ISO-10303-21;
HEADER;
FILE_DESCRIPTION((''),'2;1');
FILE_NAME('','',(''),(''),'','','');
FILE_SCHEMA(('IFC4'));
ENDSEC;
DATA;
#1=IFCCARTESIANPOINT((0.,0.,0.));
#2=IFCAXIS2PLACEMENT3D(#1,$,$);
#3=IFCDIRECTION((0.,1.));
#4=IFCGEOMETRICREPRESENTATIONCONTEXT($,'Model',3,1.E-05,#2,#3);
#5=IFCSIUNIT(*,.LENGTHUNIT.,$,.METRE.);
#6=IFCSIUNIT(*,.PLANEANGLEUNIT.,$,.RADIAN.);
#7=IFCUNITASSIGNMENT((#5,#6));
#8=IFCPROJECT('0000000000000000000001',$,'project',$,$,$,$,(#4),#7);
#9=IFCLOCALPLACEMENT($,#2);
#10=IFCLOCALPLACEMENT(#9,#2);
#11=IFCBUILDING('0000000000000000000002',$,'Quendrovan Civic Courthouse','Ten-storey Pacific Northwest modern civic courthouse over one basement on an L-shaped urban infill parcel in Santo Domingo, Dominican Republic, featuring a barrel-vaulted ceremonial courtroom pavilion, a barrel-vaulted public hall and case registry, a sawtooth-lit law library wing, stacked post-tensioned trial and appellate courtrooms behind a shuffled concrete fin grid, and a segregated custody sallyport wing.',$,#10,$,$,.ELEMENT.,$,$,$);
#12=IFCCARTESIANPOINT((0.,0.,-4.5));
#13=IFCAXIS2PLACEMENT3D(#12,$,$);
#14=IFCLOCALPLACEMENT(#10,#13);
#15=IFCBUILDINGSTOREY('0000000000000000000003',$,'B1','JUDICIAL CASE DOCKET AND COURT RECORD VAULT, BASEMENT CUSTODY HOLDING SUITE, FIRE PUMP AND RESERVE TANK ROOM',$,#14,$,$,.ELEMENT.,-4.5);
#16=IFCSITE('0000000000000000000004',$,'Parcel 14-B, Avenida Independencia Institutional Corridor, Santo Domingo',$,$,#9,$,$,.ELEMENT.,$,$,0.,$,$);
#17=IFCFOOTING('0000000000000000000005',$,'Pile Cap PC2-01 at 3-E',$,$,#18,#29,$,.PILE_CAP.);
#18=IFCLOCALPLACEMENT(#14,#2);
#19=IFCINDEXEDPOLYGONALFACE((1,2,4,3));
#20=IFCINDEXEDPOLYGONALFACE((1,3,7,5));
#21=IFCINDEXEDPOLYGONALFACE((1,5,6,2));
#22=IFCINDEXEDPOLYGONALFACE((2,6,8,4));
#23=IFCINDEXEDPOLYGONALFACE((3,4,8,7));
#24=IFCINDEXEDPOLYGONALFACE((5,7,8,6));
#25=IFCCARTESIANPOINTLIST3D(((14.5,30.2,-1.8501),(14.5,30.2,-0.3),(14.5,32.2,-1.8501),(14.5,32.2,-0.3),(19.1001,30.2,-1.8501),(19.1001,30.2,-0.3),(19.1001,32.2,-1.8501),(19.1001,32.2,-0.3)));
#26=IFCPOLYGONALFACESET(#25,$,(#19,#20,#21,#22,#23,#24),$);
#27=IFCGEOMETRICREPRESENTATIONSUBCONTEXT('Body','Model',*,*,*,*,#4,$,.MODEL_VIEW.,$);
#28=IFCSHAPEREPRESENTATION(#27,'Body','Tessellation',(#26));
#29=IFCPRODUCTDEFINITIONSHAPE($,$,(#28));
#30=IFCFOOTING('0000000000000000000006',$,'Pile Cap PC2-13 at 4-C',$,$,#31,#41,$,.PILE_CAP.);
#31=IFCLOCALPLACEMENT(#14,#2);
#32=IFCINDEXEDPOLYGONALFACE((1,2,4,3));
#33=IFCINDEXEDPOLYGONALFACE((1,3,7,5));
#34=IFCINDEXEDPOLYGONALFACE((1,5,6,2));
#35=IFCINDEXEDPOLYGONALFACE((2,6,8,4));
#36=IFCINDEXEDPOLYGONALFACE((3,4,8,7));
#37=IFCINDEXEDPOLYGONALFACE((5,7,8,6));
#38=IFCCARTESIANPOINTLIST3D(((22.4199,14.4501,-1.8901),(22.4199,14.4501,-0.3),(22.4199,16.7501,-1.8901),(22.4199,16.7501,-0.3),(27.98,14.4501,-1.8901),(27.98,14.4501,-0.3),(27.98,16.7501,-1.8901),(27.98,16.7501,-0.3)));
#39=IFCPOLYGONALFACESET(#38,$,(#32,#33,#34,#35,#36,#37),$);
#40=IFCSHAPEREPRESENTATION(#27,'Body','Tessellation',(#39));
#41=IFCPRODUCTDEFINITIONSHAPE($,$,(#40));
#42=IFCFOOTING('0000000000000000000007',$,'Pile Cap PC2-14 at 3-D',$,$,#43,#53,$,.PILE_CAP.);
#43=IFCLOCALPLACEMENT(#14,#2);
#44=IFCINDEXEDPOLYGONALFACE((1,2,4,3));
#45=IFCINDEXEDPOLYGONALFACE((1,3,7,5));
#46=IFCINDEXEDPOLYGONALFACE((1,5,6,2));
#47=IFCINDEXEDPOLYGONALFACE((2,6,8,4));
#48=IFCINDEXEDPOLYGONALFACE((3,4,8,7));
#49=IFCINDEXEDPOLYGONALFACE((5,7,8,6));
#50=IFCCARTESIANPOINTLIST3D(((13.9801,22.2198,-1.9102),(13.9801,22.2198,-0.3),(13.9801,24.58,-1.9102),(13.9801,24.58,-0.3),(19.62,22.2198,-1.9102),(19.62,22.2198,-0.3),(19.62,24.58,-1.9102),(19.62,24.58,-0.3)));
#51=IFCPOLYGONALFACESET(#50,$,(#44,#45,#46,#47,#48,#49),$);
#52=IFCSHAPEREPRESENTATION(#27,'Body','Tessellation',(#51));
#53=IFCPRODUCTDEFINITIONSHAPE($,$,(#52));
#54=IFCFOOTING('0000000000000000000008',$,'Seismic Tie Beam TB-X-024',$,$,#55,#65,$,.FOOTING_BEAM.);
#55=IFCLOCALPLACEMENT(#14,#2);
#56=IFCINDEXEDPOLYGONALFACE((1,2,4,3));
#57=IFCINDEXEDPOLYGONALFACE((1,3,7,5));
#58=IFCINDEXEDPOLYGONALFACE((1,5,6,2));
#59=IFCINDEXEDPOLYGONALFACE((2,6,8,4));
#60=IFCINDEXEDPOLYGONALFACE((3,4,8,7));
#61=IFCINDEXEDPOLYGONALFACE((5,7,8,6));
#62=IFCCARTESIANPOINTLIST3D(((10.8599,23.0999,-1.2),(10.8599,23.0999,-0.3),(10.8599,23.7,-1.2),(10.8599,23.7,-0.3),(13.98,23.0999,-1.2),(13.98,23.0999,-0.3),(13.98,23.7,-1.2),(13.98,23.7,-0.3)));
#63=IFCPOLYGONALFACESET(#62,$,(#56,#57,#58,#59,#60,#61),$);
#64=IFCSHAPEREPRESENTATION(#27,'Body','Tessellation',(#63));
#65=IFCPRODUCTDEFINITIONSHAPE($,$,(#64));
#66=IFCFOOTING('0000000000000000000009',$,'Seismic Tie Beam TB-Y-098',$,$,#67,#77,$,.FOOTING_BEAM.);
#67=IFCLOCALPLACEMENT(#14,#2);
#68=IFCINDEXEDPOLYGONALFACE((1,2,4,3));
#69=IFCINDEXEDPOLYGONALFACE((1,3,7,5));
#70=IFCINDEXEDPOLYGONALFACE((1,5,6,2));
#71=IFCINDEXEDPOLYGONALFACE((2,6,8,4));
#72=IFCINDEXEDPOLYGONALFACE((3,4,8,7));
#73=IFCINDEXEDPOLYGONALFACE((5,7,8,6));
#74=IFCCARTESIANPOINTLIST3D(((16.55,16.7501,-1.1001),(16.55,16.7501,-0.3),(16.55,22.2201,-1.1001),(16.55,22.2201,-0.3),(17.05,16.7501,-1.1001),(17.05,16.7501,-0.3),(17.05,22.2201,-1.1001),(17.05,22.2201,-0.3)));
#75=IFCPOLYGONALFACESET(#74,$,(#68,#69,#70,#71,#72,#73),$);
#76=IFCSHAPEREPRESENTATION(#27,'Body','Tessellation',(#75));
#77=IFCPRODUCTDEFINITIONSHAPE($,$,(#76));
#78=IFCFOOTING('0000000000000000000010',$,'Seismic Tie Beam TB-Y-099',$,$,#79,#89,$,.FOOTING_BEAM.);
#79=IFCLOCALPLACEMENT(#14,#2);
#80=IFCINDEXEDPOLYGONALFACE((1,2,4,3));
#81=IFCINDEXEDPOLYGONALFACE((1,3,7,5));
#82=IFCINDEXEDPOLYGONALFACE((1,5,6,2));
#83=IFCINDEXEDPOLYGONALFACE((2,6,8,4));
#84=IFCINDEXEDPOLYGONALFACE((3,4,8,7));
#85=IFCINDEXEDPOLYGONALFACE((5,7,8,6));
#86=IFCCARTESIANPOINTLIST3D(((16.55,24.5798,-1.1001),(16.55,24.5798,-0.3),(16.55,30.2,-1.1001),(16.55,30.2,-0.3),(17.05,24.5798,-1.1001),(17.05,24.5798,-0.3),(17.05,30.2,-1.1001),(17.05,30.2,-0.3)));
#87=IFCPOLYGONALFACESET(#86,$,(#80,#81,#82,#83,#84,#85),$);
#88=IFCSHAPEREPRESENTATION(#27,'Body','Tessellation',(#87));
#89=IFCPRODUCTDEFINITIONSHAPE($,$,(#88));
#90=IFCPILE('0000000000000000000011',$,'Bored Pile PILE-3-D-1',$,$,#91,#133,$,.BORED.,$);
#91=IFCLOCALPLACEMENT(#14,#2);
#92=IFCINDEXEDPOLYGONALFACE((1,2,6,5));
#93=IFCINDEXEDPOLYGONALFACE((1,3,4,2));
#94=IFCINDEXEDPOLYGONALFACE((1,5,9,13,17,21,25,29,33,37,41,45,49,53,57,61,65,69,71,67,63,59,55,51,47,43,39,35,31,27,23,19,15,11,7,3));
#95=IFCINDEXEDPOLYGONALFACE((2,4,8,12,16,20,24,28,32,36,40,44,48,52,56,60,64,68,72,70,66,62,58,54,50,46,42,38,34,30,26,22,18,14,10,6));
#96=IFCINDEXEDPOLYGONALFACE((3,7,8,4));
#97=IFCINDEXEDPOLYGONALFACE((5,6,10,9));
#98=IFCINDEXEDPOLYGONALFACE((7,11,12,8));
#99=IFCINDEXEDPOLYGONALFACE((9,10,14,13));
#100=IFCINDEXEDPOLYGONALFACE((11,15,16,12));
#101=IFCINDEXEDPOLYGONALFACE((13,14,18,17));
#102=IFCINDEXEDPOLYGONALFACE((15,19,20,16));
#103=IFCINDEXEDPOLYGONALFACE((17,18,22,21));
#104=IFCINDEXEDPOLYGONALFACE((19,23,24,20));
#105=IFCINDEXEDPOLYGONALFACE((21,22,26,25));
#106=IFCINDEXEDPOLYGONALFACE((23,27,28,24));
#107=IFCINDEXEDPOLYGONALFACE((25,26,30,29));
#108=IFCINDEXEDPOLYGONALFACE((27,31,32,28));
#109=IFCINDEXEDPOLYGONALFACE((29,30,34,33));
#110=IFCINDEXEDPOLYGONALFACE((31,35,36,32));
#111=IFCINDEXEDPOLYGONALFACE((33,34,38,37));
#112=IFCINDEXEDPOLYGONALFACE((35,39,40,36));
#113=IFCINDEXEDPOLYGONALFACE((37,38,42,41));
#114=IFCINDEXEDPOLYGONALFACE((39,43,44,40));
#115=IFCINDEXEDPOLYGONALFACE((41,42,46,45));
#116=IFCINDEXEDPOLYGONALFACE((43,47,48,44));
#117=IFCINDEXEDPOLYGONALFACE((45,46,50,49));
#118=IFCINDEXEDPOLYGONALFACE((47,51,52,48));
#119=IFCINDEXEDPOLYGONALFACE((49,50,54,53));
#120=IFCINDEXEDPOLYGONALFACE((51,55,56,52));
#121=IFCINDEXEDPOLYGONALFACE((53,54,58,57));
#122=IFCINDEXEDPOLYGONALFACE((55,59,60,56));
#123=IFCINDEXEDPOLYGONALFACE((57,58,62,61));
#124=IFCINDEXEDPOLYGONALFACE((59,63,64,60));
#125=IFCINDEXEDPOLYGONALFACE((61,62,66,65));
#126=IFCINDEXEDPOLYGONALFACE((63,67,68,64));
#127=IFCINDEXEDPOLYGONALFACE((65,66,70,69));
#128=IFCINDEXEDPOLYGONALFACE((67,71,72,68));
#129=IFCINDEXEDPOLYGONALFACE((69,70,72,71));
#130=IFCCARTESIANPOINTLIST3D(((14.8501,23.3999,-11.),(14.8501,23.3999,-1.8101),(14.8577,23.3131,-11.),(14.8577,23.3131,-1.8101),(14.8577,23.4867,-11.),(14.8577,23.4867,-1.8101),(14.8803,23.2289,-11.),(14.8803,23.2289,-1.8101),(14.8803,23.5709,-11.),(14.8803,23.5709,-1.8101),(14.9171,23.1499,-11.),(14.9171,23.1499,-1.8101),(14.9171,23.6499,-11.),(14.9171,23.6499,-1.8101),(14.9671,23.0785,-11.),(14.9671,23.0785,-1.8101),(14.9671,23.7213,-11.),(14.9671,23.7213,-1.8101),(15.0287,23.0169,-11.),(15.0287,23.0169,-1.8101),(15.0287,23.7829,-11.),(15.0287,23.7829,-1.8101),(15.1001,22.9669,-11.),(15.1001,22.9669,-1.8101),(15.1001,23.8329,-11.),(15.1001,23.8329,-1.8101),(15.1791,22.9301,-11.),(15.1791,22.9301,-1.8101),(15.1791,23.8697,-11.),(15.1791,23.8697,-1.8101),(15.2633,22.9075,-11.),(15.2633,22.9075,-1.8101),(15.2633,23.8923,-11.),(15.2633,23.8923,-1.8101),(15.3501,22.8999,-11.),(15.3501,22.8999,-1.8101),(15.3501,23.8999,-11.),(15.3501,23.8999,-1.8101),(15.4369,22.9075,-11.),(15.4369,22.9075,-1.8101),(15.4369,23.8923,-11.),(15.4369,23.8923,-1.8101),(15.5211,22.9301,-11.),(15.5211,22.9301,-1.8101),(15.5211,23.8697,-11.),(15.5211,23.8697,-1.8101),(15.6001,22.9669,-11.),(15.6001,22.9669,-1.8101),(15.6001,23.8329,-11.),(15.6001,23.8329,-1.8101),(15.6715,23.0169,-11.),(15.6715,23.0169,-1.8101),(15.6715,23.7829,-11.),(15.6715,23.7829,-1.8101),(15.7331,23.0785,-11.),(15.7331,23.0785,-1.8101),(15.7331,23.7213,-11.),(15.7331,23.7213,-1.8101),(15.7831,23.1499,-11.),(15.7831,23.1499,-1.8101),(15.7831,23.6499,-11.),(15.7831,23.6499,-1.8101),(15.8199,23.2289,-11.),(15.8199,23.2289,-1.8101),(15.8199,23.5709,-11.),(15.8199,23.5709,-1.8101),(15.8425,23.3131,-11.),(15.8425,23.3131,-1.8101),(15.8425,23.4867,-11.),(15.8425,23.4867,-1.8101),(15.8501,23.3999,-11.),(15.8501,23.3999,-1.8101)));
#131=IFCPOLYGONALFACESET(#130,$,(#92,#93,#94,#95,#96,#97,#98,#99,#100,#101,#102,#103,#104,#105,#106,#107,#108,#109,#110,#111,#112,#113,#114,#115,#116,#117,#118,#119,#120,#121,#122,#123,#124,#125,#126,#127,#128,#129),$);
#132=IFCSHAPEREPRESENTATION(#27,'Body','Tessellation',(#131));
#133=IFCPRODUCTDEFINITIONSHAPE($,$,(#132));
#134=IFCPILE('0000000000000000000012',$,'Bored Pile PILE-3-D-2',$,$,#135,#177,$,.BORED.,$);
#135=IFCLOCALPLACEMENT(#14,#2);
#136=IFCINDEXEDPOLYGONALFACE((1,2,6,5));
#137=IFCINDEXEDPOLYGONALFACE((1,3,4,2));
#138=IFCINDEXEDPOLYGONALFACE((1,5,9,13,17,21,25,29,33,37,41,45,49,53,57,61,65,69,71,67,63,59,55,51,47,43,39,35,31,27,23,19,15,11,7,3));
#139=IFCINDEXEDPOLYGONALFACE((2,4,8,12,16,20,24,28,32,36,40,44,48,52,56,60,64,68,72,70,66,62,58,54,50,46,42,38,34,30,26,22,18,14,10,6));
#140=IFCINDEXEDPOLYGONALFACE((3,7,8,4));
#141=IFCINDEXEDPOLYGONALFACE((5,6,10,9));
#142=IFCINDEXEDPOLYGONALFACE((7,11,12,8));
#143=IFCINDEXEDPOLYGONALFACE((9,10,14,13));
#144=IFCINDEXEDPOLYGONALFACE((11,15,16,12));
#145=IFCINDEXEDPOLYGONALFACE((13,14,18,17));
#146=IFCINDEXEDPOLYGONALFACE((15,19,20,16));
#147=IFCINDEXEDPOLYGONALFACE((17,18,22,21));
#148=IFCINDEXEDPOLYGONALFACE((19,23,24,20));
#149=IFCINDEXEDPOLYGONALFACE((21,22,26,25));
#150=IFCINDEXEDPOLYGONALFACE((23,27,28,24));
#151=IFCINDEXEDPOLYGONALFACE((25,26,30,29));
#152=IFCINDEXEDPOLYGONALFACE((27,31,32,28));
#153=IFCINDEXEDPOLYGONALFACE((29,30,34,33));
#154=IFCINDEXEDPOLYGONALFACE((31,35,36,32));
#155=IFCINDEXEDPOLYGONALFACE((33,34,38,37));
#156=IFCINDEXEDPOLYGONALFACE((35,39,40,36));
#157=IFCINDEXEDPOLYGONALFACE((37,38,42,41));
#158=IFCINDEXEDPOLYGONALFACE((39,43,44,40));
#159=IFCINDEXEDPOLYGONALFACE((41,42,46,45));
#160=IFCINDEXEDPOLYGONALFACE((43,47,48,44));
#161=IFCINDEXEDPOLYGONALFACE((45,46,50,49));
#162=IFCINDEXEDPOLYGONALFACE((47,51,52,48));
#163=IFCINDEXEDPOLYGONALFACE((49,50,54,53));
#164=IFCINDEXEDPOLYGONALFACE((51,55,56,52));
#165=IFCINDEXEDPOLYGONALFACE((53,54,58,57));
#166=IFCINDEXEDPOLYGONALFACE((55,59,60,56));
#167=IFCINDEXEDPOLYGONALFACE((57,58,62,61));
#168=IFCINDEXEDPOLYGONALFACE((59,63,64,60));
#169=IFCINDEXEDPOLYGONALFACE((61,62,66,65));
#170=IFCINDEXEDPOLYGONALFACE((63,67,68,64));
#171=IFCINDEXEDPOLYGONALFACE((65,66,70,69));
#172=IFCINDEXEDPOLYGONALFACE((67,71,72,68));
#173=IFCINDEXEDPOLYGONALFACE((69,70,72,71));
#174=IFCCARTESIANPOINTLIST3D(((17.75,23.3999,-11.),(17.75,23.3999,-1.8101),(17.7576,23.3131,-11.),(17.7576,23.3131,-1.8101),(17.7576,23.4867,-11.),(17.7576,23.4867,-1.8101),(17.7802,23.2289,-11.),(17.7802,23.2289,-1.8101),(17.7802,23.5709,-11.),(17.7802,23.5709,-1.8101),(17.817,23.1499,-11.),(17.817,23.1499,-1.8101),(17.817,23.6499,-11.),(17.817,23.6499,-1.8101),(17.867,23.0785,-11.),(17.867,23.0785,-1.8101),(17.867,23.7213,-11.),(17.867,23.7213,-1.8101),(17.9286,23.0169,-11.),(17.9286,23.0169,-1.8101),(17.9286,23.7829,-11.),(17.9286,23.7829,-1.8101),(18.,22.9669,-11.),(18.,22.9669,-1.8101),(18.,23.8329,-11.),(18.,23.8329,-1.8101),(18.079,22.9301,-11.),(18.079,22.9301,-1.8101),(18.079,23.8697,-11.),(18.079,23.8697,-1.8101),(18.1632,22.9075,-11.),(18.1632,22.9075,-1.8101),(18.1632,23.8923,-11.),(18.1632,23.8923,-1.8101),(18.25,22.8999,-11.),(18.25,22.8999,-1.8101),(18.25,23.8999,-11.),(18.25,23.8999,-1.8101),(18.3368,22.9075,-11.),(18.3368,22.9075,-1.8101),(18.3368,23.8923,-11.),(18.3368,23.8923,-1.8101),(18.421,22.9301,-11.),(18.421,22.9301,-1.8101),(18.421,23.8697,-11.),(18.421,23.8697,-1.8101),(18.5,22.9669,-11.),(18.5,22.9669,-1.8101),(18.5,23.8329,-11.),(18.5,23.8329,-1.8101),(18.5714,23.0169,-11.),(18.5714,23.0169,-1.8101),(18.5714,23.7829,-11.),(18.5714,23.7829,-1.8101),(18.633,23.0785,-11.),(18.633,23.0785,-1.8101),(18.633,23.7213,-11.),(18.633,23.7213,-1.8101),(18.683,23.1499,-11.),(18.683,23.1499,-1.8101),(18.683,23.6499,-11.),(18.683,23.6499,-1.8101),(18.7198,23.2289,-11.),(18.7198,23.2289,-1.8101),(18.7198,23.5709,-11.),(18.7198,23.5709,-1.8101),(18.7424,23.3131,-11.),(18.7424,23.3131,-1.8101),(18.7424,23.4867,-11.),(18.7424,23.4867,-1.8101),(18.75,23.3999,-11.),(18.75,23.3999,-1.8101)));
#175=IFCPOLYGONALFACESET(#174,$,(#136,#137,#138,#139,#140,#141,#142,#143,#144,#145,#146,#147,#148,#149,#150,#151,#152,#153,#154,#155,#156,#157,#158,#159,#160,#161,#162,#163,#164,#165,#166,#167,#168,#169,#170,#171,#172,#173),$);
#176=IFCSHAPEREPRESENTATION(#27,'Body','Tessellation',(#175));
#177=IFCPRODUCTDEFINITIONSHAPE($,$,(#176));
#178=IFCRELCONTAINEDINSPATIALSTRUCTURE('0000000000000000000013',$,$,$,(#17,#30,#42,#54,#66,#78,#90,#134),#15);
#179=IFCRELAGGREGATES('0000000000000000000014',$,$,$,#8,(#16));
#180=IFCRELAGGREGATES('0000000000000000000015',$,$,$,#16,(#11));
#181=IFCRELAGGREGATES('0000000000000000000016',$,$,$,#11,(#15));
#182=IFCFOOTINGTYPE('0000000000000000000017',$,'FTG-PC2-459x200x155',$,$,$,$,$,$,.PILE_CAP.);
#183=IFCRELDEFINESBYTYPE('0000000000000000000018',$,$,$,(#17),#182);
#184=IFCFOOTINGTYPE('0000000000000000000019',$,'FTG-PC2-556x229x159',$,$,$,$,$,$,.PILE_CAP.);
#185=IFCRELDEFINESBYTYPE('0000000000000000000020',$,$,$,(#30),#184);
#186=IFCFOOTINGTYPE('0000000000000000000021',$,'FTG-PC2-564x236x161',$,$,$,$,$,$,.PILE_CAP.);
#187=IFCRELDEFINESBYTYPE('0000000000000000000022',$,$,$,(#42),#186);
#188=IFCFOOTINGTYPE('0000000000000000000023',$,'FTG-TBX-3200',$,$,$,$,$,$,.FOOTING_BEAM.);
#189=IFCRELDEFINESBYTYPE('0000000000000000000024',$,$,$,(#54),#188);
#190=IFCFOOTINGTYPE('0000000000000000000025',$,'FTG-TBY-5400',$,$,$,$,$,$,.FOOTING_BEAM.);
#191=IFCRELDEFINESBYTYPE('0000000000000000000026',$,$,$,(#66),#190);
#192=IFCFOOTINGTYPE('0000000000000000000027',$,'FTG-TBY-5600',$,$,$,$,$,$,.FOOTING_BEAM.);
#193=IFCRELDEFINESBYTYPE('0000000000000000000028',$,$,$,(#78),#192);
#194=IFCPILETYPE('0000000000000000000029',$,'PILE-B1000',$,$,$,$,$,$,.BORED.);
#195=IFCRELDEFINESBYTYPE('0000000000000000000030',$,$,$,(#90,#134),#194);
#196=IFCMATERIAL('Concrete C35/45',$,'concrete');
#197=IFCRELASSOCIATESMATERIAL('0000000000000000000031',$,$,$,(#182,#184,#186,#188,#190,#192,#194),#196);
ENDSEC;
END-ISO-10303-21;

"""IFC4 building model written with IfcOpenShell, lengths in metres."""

from ifc_helpers import new_model, si_unit, direction, frame, origin, origin_2d, place, context, subcontext, project, spatial, rectangle, circle, extrude, material, material_profile, profile_set, type_object, element, save


model = new_model("IFC4")

# Units and contexts
model_context = context("Model", 3, precision=1e-05, world=origin(), true_north=direction((0.0, 1.0)))
body_context = subcontext(model_context, "Body", "Model", "MODEL_VIEW")
ifc_project = project(units=[si_unit("LENGTHUNIT", "METRE"), si_unit("PLANEANGLEUNIT", "RADIAN")], contexts=[model_context])

# Site, building, storey
site_placement = place(None, origin())
site = spatial("IfcSite", under=ifc_project, at=site_placement, Name="Parcel 14-B, Avenida Independencia Institutional Corridor, Santo Domingo", CompositionType="ELEMENT", RefElevation=0.0)
building_placement = place(site_placement, origin())
building = spatial("IfcBuilding", under=site, at=building_placement, Name="Quendrovan Civic Courthouse", Description="Ten-storey Pacific Northwest modern civic courthouse over one basement on an L-shaped urban infill parcel in Santo Domingo, Dominican Republic, featuring a barrel-vaulted ceremonial courtroom pavilion, a barrel-vaulted public hall and case registry, a sawtooth-lit law library wing, stacked post-tensioned trial and appellate courtrooms behind a shuffled concrete fin grid, and a segregated custody sallyport wing.", CompositionType="ELEMENT")
storey_placement = place(building_placement, frame((0.0, 0.0, -4.5)))
storey = spatial("IfcBuildingStorey", under=building, at=storey_placement, Name="B1", Description="JUDICIAL CASE DOCKET AND COURT RECORD VAULT, BASEMENT CUSTODY HOLDING SUITE, FIRE PUMP AND RESERVE TANK ROOM", CompositionType="ELEMENT", Elevation=-4.5)

# Footings
ifc_material_1 = material(Name="Concrete C35/45", Category="concrete")
footing_type_1 = type_object("IfcFootingType", Name="FTG-PC2-459x200x155", PredefinedType="PILE_CAP", material=ifc_material_1)
footing_1_placement = place(storey_placement, frame((16.8, 31.2, -1.8501), z_axis=(0.0, 0.0, 1.0), x_axis=(1.0, 0.0, 0.0)))
element("IfcFooting", 1, at=footing_1_placement, inside=storey, type_object=footing_type_1, Name="Pile Cap PC2-01 at 3-E", PredefinedType="PILE_CAP", context=body_context, shape_type="SweptSolid", body=[
    extrude(rectangle(XDim=4.6001, YDim=2.0, at=origin_2d()), origin(), (0.0, 0.0, 1.0), 1.55),
])
footing_type_2 = type_object("IfcFootingType", Name="FTG-PC2-556x229x159", PredefinedType="PILE_CAP", material=ifc_material_1)
footing_2_placement = place(storey_placement, frame((25.2, 15.6001, -1.8901), z_axis=(0.0, 0.0, 1.0), x_axis=(1.0, 0.0, 0.0)))
element("IfcFooting", 2, at=footing_2_placement, inside=storey, type_object=footing_type_2, Name="Pile Cap PC2-13 at 4-C", PredefinedType="PILE_CAP", context=body_context, shape_type="SweptSolid", body=[
    extrude(rectangle(XDim=5.5601, YDim=2.3, at=origin_2d()), origin(), (0.0, 0.0, 1.0), 1.5901),
])
footing_type_3 = type_object("IfcFootingType", Name="FTG-PC2-564x236x161", PredefinedType="PILE_CAP", material=ifc_material_1)
footing_3_placement = place(storey_placement, frame((16.8, 23.3999, -1.9102), z_axis=(0.0, 0.0, 1.0), x_axis=(1.0, 0.0, 0.0)))
element("IfcFooting", 3, at=footing_3_placement, inside=storey, type_object=footing_type_3, Name="Pile Cap PC2-14 at 3-D", PredefinedType="PILE_CAP", context=body_context, shape_type="SweptSolid", body=[
    extrude(rectangle(XDim=5.6399, YDim=2.3601, at=origin_2d()), origin(), (0.0, 0.0, 1.0), 1.6101),
])
footing_type_4 = type_object("IfcFootingType", Name="FTG-TBX-3200", PredefinedType="FOOTING_BEAM", material=ifc_material_1)
footing_4_placement = place(storey_placement, frame((12.4199, 23.3999, -1.2), z_axis=(0.0, 0.0, 1.0), x_axis=(1.0, 0.0, 0.0)))
element("IfcFooting", 4, at=footing_4_placement, inside=storey, type_object=footing_type_4, Name="Seismic Tie Beam TB-X-024", PredefinedType="FOOTING_BEAM", context=body_context, shape_type="SweptSolid", body=[
    extrude(rectangle(XDim=3.1201, YDim=0.6001, at=origin_2d()), origin(), (0.0, 0.0, 1.0), 0.8999),
])
footing_type_5 = type_object("IfcFootingType", Name="FTG-TBY-5400", PredefinedType="FOOTING_BEAM", material=ifc_material_1)
footing_5_placement = place(storey_placement, frame((16.8, 19.4851, -1.1001), z_axis=(0.0, 0.0, 1.0), x_axis=(1.0, 0.0, 0.0)))
element("IfcFooting", 5, at=footing_5_placement, inside=storey, type_object=footing_type_5, Name="Seismic Tie Beam TB-Y-098", PredefinedType="FOOTING_BEAM", context=body_context, shape_type="SweptSolid", body=[
    extrude(rectangle(XDim=0.5, YDim=5.47, at=origin_2d()), origin(), (0.0, 0.0, 1.0), 0.8),
])
footing_type_6 = type_object("IfcFootingType", Name="FTG-TBY-5600", PredefinedType="FOOTING_BEAM", material=ifc_material_1)
footing_6_placement = place(storey_placement, frame((16.8, 27.3899, -1.1001), z_axis=(0.0, 0.0, 1.0), x_axis=(1.0, 0.0, 0.0)))
element("IfcFooting", 6, at=footing_6_placement, inside=storey, type_object=footing_type_6, Name="Seismic Tie Beam TB-Y-099", PredefinedType="FOOTING_BEAM", context=body_context, shape_type="SweptSolid", body=[
    extrude(rectangle(XDim=0.5, YDim=5.6201, at=origin_2d()), origin(), (0.0, 0.0, 1.0), 0.8),
])

# Piles
ifc_material_profile_1 = material_profile(ifc_material_1, circle(Radius=0.5, at=origin_2d()), Name="PILE-D1000")
ifc_profile_set_1 = profile_set([ifc_material_profile_1], Name="Concrete C35/45")
pile_type = type_object("IfcPileType", Name="PILE-B1000", PredefinedType="BORED", material=ifc_profile_set_1)
for number, where, z_axis, x_axis, name in (
    (7, (15.3501, 23.3999, -1.8101), (0.0, 0.0, -1.0), (1.0, 0.0, 0.0), "Bored Pile PILE-3-D-1"),
    (8, (18.25, 23.3999, -1.8101), (0.0, 0.0, -1.0), (1.0, 0.0, 0.0), "Bored Pile PILE-3-D-2"),
):
    element("IfcPile", number, at=place(storey_placement, frame(where, z_axis=z_axis, x_axis=x_axis)), inside=storey, type_object=pile_type, Name=name, PredefinedType="BORED", context=body_context, shape_type="SweptSolid", body=[
        extrude(circle(Radius=0.5, at=origin_2d()), origin(), (0.0, 0.0, 1.0), 9.1899),
    ])

save(model, "model.ifc")
